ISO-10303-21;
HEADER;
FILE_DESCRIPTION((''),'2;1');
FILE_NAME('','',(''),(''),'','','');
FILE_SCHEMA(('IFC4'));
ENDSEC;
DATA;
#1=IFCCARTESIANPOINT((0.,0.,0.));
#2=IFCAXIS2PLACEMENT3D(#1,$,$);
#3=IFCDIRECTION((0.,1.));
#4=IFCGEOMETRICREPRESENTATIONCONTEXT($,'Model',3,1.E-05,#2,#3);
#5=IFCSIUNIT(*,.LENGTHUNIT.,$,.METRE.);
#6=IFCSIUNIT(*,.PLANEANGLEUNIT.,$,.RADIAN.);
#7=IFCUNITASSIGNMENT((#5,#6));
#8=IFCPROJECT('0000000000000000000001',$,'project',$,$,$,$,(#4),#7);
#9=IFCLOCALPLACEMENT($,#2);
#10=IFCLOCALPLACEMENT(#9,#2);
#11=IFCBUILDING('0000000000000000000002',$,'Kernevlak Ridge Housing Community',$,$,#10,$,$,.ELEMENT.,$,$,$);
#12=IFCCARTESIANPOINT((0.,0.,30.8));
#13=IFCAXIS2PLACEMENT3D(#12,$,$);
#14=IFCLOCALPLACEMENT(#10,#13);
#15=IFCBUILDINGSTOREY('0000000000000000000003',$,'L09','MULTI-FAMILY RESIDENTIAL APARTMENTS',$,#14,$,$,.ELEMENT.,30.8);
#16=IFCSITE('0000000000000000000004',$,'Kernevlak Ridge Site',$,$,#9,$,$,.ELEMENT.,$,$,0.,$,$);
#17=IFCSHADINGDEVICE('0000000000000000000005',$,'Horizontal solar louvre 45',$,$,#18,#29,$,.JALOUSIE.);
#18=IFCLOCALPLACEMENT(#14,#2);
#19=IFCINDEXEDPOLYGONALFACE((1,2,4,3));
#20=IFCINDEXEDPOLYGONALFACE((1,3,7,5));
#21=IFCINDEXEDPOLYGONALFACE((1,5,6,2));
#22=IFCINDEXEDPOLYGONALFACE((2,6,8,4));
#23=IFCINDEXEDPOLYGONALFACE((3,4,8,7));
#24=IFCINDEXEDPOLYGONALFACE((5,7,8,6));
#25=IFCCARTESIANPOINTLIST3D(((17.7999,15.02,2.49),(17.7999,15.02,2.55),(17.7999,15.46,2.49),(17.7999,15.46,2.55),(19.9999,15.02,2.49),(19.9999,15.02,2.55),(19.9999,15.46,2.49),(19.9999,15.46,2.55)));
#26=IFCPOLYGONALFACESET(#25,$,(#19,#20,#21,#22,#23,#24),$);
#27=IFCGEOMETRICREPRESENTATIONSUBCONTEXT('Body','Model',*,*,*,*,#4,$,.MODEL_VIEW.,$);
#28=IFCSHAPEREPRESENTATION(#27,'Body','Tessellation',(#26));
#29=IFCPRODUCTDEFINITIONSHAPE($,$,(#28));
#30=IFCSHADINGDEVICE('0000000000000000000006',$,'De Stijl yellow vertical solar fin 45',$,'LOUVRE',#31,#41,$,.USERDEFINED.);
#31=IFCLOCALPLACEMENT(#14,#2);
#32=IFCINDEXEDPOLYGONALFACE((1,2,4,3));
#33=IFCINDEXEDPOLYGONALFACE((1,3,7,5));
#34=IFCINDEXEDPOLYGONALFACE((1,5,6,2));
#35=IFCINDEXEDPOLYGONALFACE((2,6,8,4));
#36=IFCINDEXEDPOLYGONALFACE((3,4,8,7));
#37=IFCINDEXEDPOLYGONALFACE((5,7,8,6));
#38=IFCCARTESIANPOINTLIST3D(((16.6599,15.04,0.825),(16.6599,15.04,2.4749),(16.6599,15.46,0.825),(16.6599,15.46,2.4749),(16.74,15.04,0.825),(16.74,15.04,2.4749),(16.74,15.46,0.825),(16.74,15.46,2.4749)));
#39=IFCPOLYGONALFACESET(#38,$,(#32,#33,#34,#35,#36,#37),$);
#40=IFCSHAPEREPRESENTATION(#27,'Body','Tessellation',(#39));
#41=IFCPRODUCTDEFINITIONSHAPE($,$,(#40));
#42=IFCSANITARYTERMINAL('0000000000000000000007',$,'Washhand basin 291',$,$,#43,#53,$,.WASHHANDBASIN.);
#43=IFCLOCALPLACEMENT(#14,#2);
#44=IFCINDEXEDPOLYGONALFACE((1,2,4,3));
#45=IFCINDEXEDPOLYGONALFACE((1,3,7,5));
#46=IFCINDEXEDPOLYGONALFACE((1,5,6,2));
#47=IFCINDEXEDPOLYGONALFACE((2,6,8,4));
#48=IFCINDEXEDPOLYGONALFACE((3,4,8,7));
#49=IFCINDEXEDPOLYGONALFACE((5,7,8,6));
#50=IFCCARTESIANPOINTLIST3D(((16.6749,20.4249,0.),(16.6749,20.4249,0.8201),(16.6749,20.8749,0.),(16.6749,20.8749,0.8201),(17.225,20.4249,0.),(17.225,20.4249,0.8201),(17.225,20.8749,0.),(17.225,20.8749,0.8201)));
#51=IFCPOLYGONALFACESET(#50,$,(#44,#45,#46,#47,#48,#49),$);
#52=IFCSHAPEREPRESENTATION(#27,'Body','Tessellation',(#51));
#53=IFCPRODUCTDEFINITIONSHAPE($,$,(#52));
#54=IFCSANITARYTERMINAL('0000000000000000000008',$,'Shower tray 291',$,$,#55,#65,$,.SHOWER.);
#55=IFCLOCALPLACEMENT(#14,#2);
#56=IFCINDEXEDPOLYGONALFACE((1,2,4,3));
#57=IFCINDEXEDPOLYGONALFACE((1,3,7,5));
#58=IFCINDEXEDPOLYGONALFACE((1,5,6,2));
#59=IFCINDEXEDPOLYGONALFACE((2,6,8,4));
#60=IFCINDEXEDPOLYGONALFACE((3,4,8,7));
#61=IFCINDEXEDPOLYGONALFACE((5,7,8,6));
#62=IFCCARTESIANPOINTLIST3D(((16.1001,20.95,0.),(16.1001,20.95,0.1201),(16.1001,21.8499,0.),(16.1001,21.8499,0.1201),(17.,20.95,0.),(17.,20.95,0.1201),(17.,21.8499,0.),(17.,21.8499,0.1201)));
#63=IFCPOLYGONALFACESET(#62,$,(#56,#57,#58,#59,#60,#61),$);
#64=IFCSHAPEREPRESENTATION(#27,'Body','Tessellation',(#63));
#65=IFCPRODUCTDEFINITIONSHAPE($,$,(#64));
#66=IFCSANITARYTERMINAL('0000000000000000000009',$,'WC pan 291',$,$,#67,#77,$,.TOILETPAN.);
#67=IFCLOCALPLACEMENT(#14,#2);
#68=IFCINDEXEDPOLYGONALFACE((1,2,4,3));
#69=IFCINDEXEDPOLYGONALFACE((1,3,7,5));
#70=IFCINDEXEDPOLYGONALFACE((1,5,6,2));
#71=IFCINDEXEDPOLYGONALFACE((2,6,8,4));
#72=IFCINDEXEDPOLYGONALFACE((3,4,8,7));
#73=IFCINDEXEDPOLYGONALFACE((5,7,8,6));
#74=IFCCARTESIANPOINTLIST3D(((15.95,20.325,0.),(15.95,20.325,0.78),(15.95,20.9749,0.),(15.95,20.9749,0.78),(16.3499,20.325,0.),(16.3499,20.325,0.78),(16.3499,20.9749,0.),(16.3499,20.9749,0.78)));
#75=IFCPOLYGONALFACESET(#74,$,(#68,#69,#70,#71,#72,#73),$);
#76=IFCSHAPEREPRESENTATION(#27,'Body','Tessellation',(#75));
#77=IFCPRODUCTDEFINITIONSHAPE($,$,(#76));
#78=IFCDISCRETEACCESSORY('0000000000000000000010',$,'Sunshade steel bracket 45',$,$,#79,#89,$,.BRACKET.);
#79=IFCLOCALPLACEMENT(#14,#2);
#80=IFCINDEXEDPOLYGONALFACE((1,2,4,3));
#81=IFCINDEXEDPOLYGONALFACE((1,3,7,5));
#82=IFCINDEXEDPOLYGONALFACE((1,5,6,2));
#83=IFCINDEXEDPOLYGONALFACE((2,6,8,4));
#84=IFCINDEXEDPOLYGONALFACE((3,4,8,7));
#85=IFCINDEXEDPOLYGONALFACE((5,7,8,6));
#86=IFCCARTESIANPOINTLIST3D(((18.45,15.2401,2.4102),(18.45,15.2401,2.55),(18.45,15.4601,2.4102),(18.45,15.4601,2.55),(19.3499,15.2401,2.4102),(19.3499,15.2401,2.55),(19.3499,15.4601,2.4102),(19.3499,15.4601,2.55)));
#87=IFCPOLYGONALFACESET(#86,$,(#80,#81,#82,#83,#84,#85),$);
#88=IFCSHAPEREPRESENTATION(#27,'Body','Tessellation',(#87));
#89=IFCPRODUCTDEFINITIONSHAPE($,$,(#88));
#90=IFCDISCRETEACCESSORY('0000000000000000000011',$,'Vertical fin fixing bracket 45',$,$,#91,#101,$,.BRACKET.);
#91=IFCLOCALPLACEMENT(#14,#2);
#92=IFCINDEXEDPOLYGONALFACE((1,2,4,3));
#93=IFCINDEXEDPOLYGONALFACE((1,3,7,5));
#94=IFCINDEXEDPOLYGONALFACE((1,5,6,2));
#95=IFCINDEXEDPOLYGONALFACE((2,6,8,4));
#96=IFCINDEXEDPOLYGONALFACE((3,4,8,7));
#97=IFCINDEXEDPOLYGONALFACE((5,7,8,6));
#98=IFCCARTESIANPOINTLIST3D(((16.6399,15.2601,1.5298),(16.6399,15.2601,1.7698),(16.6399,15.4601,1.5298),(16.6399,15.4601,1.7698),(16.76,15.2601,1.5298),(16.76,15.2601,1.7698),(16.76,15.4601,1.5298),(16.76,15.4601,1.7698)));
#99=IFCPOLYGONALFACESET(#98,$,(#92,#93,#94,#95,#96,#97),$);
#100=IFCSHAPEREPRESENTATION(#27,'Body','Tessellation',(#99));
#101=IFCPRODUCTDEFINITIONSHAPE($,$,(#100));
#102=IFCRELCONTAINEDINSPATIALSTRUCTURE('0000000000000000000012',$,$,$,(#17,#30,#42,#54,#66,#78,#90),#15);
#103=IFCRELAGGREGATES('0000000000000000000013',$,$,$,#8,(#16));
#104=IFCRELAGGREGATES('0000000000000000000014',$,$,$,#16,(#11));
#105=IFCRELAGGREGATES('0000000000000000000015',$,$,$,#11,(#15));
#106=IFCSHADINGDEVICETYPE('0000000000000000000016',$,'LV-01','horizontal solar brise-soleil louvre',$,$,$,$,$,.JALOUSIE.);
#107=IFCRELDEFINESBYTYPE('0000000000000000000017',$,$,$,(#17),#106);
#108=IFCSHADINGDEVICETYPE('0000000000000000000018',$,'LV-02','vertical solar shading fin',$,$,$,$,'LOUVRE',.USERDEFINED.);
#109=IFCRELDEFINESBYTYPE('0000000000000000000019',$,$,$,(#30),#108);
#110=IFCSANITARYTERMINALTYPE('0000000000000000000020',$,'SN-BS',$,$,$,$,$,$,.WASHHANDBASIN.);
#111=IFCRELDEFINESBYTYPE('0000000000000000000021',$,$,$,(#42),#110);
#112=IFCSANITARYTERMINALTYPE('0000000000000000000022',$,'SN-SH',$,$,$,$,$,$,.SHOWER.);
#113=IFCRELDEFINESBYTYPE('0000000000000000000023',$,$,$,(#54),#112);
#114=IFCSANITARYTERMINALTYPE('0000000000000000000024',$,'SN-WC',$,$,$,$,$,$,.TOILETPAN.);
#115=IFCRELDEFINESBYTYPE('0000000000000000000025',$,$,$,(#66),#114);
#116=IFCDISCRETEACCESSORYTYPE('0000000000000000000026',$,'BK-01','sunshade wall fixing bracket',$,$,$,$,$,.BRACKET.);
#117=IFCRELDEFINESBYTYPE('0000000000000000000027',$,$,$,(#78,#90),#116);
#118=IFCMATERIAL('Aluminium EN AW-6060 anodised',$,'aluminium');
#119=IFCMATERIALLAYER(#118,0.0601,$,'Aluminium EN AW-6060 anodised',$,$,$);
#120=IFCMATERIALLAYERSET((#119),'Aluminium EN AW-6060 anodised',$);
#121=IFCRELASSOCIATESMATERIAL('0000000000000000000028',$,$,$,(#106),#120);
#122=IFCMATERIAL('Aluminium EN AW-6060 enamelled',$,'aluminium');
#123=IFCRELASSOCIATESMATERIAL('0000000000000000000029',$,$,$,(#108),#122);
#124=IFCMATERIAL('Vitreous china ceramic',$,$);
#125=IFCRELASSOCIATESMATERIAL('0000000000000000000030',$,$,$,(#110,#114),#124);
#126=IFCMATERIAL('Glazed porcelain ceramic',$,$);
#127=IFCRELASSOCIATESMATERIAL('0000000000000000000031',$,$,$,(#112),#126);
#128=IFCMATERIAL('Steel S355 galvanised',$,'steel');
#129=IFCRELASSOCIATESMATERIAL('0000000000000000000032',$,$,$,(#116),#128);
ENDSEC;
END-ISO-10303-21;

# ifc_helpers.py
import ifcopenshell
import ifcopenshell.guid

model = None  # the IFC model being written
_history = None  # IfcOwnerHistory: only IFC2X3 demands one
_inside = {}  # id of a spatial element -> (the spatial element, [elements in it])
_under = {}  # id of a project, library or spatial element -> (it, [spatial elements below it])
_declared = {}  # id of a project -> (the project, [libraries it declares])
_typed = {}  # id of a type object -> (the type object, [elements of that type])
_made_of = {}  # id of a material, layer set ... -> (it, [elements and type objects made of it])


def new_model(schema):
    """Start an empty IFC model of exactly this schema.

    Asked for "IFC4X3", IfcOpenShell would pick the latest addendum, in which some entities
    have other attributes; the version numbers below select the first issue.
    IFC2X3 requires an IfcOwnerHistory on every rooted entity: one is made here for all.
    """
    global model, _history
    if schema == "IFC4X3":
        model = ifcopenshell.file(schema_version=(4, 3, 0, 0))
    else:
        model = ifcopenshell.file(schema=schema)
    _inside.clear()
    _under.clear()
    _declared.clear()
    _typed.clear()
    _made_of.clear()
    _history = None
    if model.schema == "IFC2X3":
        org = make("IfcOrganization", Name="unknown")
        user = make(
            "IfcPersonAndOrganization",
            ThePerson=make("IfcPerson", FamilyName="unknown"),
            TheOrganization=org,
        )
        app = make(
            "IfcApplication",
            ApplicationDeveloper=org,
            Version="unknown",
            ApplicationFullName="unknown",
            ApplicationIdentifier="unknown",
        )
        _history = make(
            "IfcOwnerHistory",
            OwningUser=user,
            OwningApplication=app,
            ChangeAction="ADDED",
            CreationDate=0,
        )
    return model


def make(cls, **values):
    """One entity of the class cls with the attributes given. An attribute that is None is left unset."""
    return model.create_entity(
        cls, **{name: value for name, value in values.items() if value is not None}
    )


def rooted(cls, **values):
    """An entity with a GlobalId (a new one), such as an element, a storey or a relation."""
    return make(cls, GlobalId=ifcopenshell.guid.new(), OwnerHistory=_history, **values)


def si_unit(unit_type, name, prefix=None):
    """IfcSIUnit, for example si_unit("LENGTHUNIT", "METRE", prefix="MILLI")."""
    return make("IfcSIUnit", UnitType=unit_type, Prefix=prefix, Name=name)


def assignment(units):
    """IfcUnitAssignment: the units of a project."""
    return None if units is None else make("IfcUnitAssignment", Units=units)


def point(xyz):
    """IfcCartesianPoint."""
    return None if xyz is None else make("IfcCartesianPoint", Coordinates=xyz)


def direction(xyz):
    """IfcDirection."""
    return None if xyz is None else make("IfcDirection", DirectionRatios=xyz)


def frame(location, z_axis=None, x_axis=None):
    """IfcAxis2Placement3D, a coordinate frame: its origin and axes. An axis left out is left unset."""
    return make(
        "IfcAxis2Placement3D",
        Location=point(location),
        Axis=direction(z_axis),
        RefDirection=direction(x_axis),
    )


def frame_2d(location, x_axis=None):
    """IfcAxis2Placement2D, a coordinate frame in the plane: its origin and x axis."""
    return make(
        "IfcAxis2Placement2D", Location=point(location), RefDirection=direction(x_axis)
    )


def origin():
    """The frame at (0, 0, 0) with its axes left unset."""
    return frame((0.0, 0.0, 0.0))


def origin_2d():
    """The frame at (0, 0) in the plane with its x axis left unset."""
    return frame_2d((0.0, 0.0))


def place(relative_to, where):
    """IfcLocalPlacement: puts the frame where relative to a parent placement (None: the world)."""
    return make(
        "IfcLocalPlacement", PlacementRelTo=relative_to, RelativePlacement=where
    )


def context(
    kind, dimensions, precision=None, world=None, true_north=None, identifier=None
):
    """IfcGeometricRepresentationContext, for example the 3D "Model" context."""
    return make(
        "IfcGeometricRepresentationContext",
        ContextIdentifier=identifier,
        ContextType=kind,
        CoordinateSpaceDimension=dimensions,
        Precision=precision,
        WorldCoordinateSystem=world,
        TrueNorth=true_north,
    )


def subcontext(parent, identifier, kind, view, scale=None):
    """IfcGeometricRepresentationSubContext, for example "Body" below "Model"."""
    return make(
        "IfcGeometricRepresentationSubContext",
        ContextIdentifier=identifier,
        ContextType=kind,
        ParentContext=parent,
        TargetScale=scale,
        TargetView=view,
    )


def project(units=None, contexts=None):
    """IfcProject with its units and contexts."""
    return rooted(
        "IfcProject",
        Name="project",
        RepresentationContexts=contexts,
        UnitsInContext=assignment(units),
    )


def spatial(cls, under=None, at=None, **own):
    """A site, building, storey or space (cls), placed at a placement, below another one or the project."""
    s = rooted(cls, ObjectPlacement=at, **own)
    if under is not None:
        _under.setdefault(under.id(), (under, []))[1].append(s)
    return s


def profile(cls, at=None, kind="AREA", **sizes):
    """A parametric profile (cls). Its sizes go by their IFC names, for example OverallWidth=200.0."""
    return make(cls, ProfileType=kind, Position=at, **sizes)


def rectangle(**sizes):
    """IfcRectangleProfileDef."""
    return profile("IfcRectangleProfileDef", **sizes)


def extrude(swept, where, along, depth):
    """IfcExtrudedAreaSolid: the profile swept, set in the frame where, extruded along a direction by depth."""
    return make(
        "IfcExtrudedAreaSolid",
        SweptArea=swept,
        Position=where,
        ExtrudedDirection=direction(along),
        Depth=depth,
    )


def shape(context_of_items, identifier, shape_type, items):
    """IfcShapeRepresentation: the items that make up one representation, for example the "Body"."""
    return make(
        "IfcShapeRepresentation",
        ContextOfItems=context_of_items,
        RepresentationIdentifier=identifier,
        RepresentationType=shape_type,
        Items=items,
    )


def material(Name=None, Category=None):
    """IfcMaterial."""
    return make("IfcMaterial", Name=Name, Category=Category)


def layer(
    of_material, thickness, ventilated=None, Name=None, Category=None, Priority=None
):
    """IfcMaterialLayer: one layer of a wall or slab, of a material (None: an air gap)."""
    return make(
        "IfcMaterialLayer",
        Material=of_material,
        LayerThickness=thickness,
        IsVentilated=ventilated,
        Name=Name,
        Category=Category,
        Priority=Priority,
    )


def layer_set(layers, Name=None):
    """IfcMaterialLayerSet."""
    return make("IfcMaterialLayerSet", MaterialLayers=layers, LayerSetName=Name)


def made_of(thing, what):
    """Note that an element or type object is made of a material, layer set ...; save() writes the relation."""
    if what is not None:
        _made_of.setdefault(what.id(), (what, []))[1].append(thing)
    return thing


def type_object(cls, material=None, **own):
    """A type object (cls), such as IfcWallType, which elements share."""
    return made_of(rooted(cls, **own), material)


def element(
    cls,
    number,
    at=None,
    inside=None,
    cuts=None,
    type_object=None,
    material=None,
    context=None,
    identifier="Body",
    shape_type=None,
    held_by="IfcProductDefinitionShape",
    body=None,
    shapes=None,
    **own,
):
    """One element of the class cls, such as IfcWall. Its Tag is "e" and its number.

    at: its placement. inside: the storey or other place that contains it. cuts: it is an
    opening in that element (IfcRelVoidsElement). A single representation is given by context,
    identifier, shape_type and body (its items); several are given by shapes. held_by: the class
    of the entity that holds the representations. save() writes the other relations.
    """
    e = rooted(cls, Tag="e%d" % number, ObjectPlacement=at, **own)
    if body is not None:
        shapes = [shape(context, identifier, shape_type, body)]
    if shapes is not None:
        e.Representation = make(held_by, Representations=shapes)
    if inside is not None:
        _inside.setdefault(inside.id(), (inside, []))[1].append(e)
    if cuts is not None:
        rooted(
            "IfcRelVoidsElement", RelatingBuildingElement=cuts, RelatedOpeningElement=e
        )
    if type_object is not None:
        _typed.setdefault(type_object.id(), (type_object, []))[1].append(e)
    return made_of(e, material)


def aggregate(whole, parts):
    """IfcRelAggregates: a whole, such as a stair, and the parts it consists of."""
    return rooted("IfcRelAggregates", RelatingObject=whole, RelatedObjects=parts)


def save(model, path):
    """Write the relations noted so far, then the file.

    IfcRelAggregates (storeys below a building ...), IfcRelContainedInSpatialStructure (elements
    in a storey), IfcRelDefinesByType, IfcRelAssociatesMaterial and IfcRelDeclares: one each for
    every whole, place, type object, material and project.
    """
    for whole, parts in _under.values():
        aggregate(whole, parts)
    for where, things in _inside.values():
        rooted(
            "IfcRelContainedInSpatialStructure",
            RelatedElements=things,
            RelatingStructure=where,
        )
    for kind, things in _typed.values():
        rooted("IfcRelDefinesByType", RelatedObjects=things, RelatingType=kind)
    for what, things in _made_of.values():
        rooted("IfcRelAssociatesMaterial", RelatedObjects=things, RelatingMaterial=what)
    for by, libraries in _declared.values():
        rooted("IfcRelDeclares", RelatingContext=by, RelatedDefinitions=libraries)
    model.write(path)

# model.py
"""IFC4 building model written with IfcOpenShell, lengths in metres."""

from ifc_helpers import new_model, si_unit, direction, frame, origin, origin_2d, place, context, subcontext, project, spatial, rectangle, extrude, material, layer, layer_set, type_object, element, save


model = new_model("IFC4")

# Units and contexts
model_context = context("Model", 3, precision=1e-05, world=origin(), true_north=direction((0.0, 1.0)))
body_context = subcontext(model_context, "Body", "Model", "MODEL_VIEW")
ifc_project = project(units=[si_unit("LENGTHUNIT", "METRE"), si_unit("PLANEANGLEUNIT", "RADIAN")], contexts=[model_context])

# Site, building, storey
site_placement = place(None, origin())
site = spatial("IfcSite", under=ifc_project, at=site_placement, Name="Kernevlak Ridge Site", CompositionType="ELEMENT", RefElevation=0.0)
building_placement = place(site_placement, origin())
building = spatial("IfcBuilding", under=site, at=building_placement, Name="Kernevlak Ridge Housing Community", CompositionType="ELEMENT")
storey_placement = place(building_placement, frame((0.0, 0.0, 30.8)))
storey = spatial("IfcBuildingStorey", under=building, at=storey_placement, Name="L09", Description="MULTI-FAMILY RESIDENTIAL APARTMENTS", CompositionType="ELEMENT", Elevation=30.8)

# Shading devices
ifc_material_1 = material(Name="Aluminium EN AW-6060 anodised", Category="aluminium")
ifc_layer_1 = layer(ifc_material_1, 0.0601, Name="Aluminium EN AW-6060 anodised")
ifc_layer_set_1 = layer_set([ifc_layer_1], Name="Aluminium EN AW-6060 anodised")
shading_device_type_1 = type_object("IfcShadingDeviceType", Name="LV-01", Description="horizontal solar brise-soleil louvre", PredefinedType="JALOUSIE", material=ifc_layer_set_1)
shading_device_1_placement = place(storey_placement, frame((18.8999, 15.24, 2.49), z_axis=(0.0, 0.0, 1.0), x_axis=(1.0, 0.0, 0.0)))
element("IfcShadingDevice", 1, at=shading_device_1_placement, inside=storey, type_object=shading_device_type_1, Name="Horizontal solar louvre 45", PredefinedType="JALOUSIE", context=body_context, shape_type="SweptSolid", body=[
    extrude(rectangle(XDim=2.2, YDim=0.4399, at=origin_2d()), origin(), (0.0, 0.0, 1.0), 0.0601),
])
ifc_material_2 = material(Name="Aluminium EN AW-6060 enamelled", Category="aluminium")
shading_device_type_2 = type_object("IfcShadingDeviceType", Name="LV-02", Description="vertical solar shading fin", ElementType="LOUVRE", PredefinedType="USERDEFINED", material=ifc_material_2)
shading_device_2_placement = place(storey_placement, frame((16.7, 15.25, 0.825), z_axis=(0.0, 0.0, 1.0), x_axis=(1.0, 0.0, 0.0)))
element("IfcShadingDevice", 2, at=shading_device_2_placement, inside=storey, type_object=shading_device_type_2, Name="De Stijl yellow vertical solar fin 45", ObjectType="LOUVRE", PredefinedType="USERDEFINED", context=body_context, shape_type="SweptSolid", body=[
    extrude(rectangle(XDim=0.0801, YDim=0.4199, at=origin_2d()), origin(), (0.0, 0.0, 1.0), 1.6499),
])

# Sanitary terminals
ifc_material_3 = material(Name="Vitreous china ceramic")
sanitary_terminal_type_1 = type_object("IfcSanitaryTerminalType", Name="SN-BS", PredefinedType="WASHHANDBASIN", material=ifc_material_3)
sanitary_terminal_1_placement = place(storey_placement, frame((16.95, 20.6499, 0.0), z_axis=(0.0, 0.0, 1.0), x_axis=(1.0, 0.0, 0.0)))
element("IfcSanitaryTerminal", 3, at=sanitary_terminal_1_placement, inside=storey, type_object=sanitary_terminal_type_1, Name="Washhand basin 291", PredefinedType="WASHHANDBASIN", context=body_context, shape_type="SweptSolid", body=[
    extrude(rectangle(XDim=0.55, YDim=0.45, at=origin_2d()), origin(), (0.0, 0.0, 1.0), 0.8201),
])
ifc_material_4 = material(Name="Glazed porcelain ceramic")
sanitary_terminal_type_2 = type_object("IfcSanitaryTerminalType", Name="SN-SH", PredefinedType="SHOWER", material=ifc_material_4)
sanitary_terminal_2_placement = place(storey_placement, frame((16.55, 21.3999, 0.0), z_axis=(0.0, 0.0, 1.0), x_axis=(1.0, 0.0, 0.0)))
element("IfcSanitaryTerminal", 4, at=sanitary_terminal_2_placement, inside=storey, type_object=sanitary_terminal_type_2, Name="Shower tray 291", PredefinedType="SHOWER", context=body_context, shape_type="SweptSolid", body=[
    extrude(rectangle(XDim=0.8999, YDim=0.8999, at=origin_2d()), origin(), (0.0, 0.0, 1.0), 0.1201),
])
sanitary_terminal_type_3 = type_object("IfcSanitaryTerminalType", Name="SN-WC", PredefinedType="TOILETPAN", material=ifc_material_3)
sanitary_terminal_3_placement = place(storey_placement, frame((16.1499, 20.6499, 0.0), z_axis=(0.0, 0.0, 1.0), x_axis=(1.0, 0.0, 0.0)))
element("IfcSanitaryTerminal", 5, at=sanitary_terminal_3_placement, inside=storey, type_object=sanitary_terminal_type_3, Name="WC pan 291", PredefinedType="TOILETPAN", context=body_context, shape_type="SweptSolid", body=[
    extrude(rectangle(XDim=0.3999, YDim=0.6499, at=origin_2d()), origin(), (0.0, 0.0, 1.0), 0.78),
])

# Discrete accessories
ifc_material_5 = material(Name="Steel S355 galvanised", Category="steel")
discrete_accessory_type = type_object("IfcDiscreteAccessoryType", Name="BK-01", Description="sunshade wall fixing bracket", PredefinedType="BRACKET", material=ifc_material_5)
discrete_accessory_1_placement = place(storey_placement, frame((18.8999, 15.3501, 2.4102), z_axis=(0.0, 0.0, 1.0), x_axis=(1.0, 0.0, 0.0)))
element("IfcDiscreteAccessory", 6, at=discrete_accessory_1_placement, inside=storey, type_object=discrete_accessory_type, Name="Sunshade steel bracket 45", PredefinedType="BRACKET", context=body_context, shape_type="SweptSolid", body=[
    extrude(rectangle(XDim=0.8999, YDim=0.22, at=origin_2d()), origin(), (0.0, 0.0, 1.0), 0.1399),
])
discrete_accessory_2_placement = place(storey_placement, frame((16.7, 15.3601, 1.5298), z_axis=(0.0, 0.0, 1.0), x_axis=(1.0, 0.0, 0.0)))
element("IfcDiscreteAccessory", 7, at=discrete_accessory_2_placement, inside=storey, type_object=discrete_accessory_type, Name="Vertical fin fixing bracket 45", PredefinedType="BRACKET", context=body_context, shape_type="SweptSolid", body=[
    extrude(rectangle(XDim=0.1201, YDim=0.2, at=origin_2d()), origin(), (0.0, 0.0, 1.0), 0.24),
])

save(model, "model.ifc")
